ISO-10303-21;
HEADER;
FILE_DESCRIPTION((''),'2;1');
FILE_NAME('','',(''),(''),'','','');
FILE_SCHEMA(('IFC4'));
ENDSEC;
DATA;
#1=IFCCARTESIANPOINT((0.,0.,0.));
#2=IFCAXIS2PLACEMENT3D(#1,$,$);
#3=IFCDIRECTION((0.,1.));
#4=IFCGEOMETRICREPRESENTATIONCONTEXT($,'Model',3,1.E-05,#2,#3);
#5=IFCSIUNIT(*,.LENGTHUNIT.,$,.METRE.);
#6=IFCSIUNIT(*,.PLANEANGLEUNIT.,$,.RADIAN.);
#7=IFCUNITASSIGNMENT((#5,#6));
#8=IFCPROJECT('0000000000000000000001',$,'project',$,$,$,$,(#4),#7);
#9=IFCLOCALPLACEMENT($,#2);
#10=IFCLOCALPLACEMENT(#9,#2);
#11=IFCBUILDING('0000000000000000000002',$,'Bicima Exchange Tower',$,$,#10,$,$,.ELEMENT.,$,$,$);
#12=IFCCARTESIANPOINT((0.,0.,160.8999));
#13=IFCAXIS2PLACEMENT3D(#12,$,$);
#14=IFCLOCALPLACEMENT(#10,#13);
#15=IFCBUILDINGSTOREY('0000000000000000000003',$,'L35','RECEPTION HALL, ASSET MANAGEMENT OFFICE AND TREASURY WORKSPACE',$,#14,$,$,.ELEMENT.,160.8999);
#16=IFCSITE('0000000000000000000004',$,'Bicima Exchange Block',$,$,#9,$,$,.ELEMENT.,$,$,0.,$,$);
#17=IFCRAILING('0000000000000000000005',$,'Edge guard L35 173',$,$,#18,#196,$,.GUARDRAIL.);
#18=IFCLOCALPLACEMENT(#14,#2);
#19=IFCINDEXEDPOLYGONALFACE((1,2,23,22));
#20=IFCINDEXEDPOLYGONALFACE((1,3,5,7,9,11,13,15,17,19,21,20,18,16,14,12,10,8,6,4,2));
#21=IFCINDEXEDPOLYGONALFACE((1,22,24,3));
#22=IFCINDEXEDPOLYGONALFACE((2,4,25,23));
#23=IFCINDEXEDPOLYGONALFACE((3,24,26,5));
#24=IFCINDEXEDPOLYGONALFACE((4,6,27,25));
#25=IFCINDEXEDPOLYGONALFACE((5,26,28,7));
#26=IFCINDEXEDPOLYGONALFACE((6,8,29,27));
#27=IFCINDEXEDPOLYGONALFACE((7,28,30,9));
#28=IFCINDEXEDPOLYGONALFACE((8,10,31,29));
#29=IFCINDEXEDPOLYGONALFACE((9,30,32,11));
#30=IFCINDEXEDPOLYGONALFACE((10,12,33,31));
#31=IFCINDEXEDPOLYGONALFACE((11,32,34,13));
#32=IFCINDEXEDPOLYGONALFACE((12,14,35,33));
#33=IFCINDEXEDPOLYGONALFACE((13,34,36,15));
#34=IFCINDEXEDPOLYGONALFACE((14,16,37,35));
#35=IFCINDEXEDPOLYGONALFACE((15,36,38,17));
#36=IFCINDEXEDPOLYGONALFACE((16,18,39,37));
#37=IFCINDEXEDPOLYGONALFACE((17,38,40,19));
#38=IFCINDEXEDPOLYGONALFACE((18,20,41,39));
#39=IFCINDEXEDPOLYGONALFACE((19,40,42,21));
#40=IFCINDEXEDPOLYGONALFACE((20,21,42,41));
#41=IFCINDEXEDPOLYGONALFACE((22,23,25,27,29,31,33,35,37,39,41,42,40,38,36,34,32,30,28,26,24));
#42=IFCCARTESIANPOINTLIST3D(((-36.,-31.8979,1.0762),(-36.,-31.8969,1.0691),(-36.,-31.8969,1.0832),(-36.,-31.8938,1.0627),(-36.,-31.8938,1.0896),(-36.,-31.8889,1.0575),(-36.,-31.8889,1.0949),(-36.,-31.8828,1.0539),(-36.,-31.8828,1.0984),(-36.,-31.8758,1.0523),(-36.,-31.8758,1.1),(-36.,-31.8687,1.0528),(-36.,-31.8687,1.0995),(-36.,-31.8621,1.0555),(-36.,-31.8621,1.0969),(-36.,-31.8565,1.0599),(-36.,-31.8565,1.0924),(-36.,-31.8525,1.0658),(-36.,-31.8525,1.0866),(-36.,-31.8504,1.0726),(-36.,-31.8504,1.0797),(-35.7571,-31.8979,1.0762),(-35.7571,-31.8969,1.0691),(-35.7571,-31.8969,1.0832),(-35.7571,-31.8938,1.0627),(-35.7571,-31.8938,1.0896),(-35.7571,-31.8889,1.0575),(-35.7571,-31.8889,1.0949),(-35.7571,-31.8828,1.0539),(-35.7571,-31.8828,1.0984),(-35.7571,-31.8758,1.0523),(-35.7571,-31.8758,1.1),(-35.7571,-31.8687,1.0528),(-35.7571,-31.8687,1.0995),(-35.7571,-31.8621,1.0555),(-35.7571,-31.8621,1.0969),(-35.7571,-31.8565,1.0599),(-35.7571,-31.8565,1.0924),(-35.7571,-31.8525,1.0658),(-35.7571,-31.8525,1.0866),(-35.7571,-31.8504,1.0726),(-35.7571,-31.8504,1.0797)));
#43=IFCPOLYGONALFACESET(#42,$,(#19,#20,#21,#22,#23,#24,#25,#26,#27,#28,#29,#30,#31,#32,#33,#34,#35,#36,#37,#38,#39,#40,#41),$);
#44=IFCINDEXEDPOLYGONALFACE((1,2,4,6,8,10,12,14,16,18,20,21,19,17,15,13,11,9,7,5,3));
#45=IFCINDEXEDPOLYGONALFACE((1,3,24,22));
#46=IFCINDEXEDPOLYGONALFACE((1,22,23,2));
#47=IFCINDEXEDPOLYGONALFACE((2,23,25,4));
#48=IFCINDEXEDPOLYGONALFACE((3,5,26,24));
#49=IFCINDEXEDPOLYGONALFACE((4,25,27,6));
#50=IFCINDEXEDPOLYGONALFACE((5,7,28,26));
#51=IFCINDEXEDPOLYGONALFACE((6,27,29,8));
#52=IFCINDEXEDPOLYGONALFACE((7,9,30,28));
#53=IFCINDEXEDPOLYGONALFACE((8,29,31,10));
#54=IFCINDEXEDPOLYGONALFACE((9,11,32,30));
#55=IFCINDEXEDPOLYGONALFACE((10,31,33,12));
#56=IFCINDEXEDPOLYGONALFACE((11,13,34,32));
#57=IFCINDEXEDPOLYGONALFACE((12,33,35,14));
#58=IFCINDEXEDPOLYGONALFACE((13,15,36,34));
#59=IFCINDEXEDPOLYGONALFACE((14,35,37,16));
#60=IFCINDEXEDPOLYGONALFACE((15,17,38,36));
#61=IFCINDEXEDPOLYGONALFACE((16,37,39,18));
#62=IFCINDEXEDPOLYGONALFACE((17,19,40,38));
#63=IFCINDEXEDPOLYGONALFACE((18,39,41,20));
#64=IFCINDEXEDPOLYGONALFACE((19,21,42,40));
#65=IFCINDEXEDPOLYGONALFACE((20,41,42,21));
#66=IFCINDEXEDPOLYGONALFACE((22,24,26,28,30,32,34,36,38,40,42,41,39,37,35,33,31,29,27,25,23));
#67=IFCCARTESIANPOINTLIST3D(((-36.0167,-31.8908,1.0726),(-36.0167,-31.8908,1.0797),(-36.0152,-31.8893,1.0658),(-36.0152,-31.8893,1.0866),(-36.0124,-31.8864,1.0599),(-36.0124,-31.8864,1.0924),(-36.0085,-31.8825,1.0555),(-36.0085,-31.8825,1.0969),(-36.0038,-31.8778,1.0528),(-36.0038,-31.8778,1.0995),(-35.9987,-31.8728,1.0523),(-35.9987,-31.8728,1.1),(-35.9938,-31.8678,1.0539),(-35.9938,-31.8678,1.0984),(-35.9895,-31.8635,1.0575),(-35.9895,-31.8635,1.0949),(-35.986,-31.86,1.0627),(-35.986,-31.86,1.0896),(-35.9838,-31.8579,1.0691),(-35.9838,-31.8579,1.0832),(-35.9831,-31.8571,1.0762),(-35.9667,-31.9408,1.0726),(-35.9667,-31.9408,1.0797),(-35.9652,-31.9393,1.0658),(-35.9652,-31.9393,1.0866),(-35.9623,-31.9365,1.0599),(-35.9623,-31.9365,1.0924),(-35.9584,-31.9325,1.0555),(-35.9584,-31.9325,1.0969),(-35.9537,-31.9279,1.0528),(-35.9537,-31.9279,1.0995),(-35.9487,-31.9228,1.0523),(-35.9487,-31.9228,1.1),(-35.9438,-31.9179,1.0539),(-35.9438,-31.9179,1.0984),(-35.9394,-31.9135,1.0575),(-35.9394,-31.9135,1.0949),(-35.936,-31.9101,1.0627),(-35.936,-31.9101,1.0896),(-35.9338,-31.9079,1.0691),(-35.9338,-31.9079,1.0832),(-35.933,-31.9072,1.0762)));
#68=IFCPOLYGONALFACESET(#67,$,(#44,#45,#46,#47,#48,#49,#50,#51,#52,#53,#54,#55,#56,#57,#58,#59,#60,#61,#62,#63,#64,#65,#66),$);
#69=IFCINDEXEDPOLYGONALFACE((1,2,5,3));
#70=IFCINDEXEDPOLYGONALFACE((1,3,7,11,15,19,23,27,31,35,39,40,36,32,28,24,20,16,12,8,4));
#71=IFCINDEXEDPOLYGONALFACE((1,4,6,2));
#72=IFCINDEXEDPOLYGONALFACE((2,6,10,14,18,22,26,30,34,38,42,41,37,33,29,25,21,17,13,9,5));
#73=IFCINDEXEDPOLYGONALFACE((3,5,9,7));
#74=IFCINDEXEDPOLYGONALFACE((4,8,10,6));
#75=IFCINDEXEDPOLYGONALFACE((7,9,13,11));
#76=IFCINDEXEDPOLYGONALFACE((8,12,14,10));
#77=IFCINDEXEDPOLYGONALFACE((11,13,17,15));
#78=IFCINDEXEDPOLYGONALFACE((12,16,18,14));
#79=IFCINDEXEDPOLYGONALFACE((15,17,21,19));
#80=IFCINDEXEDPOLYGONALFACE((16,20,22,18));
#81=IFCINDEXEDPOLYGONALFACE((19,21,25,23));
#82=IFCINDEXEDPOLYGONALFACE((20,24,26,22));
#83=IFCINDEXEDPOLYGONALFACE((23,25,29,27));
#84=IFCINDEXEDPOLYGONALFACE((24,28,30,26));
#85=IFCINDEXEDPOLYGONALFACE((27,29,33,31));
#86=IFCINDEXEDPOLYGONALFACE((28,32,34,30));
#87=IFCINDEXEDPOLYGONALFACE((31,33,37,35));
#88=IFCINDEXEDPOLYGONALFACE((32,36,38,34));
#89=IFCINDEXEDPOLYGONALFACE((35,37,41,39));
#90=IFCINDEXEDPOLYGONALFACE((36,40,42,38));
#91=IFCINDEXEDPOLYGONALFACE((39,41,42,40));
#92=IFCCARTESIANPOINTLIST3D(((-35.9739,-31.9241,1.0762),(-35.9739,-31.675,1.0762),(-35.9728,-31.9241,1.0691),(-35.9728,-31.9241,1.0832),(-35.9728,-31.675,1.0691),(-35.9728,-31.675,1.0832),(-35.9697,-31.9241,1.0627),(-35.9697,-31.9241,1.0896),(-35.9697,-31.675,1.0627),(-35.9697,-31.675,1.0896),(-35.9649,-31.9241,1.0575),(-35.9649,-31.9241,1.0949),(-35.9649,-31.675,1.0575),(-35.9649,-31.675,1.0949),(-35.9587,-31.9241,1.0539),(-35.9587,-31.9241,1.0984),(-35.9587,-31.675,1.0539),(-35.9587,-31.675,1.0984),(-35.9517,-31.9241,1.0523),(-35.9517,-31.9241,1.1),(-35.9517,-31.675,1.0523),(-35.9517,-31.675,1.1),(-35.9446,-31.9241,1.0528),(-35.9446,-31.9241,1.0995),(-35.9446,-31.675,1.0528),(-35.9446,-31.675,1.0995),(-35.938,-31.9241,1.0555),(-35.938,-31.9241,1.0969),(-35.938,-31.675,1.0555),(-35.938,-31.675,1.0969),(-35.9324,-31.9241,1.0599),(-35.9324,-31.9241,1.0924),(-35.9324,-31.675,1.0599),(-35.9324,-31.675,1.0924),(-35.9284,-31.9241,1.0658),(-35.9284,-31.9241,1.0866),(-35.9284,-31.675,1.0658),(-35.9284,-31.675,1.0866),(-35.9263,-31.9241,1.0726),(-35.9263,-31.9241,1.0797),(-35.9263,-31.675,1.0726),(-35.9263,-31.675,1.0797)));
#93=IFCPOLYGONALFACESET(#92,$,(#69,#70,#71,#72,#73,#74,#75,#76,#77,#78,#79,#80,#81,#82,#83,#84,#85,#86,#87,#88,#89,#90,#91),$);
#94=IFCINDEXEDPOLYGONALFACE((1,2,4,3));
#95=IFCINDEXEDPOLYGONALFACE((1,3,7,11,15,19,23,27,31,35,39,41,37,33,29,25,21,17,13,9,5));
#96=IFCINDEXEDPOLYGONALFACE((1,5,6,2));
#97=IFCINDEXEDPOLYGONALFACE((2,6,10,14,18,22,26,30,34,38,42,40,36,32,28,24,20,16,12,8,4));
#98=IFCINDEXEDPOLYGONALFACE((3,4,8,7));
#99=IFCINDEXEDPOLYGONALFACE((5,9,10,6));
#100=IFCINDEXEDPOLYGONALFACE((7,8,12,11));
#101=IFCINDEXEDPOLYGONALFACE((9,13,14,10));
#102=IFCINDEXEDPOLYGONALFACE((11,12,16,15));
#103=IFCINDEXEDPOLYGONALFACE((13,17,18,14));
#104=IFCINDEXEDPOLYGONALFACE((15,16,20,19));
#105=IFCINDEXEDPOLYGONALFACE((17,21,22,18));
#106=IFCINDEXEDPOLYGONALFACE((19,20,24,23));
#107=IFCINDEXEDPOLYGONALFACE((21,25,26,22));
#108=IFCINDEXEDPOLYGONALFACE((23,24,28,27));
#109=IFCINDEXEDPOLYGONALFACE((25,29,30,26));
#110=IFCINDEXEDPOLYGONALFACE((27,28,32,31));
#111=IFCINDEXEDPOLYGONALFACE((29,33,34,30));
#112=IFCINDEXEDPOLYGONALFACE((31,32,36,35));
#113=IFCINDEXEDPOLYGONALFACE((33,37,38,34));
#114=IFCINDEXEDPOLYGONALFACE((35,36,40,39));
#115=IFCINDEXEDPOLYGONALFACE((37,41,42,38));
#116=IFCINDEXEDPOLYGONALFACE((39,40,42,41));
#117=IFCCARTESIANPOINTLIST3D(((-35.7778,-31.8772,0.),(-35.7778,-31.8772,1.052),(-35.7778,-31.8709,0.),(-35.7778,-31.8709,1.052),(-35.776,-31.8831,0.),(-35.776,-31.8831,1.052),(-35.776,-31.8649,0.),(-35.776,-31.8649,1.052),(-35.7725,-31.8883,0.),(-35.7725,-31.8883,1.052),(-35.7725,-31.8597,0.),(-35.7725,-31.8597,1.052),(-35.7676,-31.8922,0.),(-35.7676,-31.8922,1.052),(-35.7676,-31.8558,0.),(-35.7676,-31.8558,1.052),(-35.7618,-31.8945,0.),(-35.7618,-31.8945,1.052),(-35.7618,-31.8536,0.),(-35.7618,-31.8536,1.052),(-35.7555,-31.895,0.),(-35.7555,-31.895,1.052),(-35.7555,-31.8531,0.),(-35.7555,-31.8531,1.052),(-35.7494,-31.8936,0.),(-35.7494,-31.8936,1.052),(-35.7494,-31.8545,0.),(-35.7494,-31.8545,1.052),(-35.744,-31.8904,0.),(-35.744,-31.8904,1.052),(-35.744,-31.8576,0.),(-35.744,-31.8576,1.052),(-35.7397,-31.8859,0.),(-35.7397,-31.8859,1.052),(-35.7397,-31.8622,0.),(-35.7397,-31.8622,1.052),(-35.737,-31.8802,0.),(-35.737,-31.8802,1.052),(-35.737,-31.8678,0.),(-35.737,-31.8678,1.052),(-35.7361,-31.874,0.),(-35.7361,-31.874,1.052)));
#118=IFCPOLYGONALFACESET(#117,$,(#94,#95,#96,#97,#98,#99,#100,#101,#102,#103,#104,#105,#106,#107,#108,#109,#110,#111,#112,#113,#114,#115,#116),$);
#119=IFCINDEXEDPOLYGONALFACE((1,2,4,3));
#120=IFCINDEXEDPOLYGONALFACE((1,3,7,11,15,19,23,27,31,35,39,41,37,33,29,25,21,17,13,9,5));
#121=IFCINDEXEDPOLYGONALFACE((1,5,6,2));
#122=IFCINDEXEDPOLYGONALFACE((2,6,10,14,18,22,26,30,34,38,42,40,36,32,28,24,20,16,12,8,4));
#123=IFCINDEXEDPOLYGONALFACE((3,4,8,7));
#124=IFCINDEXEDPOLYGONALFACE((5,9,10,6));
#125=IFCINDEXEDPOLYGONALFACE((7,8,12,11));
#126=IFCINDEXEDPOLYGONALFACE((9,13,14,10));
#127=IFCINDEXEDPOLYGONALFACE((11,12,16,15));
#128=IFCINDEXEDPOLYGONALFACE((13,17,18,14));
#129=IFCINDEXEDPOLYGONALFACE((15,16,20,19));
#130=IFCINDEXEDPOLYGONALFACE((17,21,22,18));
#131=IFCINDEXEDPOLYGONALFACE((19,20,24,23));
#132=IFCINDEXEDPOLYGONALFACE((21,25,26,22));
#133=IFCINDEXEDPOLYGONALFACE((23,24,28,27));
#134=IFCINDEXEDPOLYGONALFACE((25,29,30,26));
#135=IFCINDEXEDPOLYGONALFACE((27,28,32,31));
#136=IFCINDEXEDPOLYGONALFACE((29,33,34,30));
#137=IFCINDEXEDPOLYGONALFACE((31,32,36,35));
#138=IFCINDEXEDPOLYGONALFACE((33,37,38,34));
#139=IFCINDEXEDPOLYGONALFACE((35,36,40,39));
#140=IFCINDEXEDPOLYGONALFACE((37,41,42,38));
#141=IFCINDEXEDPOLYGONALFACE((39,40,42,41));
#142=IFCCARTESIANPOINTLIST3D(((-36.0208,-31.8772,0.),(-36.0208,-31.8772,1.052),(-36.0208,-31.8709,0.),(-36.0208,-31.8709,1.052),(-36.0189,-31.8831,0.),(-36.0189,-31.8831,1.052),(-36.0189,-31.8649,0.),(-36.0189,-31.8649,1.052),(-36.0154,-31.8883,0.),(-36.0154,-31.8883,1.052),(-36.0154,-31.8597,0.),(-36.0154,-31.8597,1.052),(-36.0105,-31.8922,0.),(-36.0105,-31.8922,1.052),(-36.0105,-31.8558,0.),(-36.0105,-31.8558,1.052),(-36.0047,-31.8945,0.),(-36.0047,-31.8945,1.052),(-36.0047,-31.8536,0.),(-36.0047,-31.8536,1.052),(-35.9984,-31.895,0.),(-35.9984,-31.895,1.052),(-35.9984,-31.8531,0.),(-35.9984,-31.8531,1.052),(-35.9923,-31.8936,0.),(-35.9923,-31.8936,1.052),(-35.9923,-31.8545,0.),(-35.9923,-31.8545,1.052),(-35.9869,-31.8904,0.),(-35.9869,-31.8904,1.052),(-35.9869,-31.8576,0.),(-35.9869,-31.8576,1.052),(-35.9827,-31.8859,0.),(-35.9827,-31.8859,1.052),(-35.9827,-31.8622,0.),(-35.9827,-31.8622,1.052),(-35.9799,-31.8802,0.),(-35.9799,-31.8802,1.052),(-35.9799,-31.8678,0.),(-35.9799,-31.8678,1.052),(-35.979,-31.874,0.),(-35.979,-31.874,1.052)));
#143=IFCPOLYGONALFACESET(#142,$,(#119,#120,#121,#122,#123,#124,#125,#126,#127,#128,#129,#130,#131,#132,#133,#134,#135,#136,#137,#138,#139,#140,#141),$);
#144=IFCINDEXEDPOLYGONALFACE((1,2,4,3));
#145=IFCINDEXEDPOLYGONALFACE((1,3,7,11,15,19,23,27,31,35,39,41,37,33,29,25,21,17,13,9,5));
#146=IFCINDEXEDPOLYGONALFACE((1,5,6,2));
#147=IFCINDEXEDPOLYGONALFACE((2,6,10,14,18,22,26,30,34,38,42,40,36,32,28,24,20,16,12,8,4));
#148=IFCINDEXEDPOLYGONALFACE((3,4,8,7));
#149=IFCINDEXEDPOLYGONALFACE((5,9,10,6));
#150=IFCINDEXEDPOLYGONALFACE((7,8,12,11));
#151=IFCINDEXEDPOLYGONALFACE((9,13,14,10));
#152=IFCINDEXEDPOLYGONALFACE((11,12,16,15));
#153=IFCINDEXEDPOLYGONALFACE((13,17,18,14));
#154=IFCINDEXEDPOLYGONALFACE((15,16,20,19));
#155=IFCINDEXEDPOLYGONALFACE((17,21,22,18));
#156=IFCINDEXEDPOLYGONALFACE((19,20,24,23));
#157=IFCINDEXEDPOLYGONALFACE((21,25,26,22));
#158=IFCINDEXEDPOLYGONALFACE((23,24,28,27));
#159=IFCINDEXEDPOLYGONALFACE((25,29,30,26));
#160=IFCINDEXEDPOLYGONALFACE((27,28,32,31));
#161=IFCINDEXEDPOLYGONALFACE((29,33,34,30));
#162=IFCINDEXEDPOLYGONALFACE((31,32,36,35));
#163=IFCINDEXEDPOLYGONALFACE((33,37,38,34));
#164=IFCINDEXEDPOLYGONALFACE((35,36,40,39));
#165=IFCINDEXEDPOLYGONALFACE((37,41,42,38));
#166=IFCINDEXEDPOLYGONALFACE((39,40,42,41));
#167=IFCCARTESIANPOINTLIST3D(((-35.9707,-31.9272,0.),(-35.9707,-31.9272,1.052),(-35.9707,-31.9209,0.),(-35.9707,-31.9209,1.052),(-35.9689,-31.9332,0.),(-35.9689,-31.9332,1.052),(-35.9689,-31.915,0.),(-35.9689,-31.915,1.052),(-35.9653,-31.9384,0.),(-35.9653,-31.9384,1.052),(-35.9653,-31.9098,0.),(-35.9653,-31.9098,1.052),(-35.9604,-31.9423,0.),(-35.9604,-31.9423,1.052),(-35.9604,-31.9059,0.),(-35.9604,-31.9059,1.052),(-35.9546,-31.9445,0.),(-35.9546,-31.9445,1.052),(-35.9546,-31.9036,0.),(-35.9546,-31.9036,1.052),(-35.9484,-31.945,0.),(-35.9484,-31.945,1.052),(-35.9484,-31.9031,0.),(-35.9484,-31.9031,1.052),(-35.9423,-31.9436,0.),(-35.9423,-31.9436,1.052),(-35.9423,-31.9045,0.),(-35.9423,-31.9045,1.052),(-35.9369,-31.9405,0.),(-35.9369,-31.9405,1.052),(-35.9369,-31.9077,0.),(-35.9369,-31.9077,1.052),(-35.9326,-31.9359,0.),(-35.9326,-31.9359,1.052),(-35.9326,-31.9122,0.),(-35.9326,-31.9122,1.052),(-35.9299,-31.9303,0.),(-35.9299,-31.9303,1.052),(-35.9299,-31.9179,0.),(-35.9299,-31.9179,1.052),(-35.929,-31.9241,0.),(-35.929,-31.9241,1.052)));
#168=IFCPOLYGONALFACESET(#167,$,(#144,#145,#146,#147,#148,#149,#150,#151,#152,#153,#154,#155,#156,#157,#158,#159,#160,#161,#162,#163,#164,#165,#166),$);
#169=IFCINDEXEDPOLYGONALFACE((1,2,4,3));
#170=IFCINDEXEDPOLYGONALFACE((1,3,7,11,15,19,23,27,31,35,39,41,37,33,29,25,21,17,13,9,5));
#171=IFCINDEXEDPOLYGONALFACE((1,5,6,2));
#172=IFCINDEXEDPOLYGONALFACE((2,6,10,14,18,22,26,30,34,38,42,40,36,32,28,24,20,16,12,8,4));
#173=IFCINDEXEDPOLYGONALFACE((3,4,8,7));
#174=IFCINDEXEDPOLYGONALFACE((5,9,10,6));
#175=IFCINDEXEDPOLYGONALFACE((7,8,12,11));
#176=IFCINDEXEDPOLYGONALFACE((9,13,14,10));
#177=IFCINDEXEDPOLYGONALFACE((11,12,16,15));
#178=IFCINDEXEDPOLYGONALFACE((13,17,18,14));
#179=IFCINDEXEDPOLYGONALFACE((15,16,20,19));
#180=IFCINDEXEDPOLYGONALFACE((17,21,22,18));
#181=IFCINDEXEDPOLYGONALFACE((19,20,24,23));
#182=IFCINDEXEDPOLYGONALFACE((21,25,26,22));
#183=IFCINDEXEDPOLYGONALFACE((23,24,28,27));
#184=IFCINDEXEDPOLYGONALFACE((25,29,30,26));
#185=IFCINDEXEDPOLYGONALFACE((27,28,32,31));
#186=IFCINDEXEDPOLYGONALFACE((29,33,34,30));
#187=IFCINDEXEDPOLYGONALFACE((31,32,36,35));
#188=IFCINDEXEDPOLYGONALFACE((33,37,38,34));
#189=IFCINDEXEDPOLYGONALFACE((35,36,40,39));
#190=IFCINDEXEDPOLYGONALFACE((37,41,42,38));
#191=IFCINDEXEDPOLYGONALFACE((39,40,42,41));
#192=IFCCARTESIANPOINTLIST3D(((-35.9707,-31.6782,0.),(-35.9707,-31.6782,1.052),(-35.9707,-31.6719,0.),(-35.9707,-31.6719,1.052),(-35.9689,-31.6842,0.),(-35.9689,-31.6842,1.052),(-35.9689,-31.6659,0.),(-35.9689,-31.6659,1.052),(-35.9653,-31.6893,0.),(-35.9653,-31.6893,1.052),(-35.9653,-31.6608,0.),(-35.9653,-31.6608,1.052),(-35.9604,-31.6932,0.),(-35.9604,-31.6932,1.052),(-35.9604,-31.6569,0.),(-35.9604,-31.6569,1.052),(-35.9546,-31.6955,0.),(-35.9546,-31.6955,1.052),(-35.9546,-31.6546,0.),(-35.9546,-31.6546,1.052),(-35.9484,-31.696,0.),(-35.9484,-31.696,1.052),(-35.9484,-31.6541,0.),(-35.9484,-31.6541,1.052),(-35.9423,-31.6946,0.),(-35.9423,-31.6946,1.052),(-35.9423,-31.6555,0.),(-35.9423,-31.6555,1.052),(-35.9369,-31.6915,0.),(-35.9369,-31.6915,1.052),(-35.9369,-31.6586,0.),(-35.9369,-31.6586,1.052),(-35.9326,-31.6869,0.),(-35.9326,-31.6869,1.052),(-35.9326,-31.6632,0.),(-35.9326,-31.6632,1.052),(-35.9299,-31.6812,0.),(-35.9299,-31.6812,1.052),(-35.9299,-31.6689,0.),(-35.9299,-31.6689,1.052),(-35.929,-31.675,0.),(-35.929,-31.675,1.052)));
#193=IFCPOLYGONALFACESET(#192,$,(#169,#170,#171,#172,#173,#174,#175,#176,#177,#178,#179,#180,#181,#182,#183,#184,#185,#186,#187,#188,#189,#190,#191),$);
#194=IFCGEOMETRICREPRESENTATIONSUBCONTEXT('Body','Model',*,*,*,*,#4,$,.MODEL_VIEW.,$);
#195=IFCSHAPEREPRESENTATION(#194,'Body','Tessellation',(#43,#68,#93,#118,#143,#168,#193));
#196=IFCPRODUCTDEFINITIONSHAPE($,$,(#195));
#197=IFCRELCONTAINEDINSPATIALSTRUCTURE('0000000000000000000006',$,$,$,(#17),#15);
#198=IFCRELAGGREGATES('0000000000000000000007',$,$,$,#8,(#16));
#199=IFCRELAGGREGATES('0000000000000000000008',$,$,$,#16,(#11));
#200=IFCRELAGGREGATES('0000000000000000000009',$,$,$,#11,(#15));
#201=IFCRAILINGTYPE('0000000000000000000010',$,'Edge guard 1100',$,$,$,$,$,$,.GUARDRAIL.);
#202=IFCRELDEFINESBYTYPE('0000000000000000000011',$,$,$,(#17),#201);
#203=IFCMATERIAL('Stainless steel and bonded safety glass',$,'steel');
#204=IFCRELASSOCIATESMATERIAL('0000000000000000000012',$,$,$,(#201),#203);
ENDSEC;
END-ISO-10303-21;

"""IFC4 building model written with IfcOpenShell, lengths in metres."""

from ifc_helpers import new_model, si_unit, direction, frame, origin, origin_2d, place, context, subcontext, project, spatial, circle, extrude, material, type_object, element, save


model = new_model("IFC4")

# Units and contexts
model_context = context("Model", 3, precision=1e-05, world=origin(), true_north=direction((0.0, 1.0)))
body_context = subcontext(model_context, "Body", "Model", "MODEL_VIEW")
ifc_project = project(units=[si_unit("LENGTHUNIT", "METRE"), si_unit("PLANEANGLEUNIT", "RADIAN")], contexts=[model_context])

# Site, building, storey
site_placement = place(None, origin())
site = spatial("IfcSite", under=ifc_project, at=site_placement, Name="Bicima Exchange Block", CompositionType="ELEMENT", RefElevation=0.0)
building_placement = place(site_placement, origin())
building = spatial("IfcBuilding", under=site, at=building_placement, Name="Bicima Exchange Tower", CompositionType="ELEMENT")
storey_placement = place(building_placement, frame((0.0, 0.0, 160.8999)))
storey = spatial("IfcBuildingStorey", under=building, at=storey_placement, Name="L35", Description="RECEPTION HALL, ASSET MANAGEMENT OFFICE AND TREASURY WORKSPACE", CompositionType="ELEMENT", Elevation=160.8999)

# Railing
ifc_material_1 = material(Name="Stainless steel and bonded safety glass", Category="steel")
railing_type = type_object("IfcRailingType", Name="Edge guard 1100", PredefinedType="GUARDRAIL", material=ifc_material_1)
railing_1_placement = place(storey_placement, frame((-35.7571, -31.874, 0.0)))
element("IfcRailing", 1, at=railing_1_placement, inside=storey, type_object=railing_type, Name="Edge guard L35 173", PredefinedType="GUARDRAIL", context=body_context, shape_type="SweptSolid", body=[
    extrude(circle(Radius=0.0239, at=origin_2d()), frame((0.0, 0.0, 1.0762), z_axis=(-1.0, 0.0, 0.0), x_axis=(0.0, -1.0, 0.0)), (0.0, 0.0, 1.0), 0.2429),
    extrude(circle(Radius=0.0239, at=origin_2d()), frame((-0.2429, 0.0, 1.0762), z_axis=(0.707107, -0.707107, 0.0), x_axis=(0.707107, 0.707107, 0.0)), (0.0, 0.0, 1.0), 0.0708),
    extrude(circle(Radius=0.0239, at=origin_2d()), frame((-0.1929, -0.05, 1.0762), z_axis=(0.0, 1.0, 0.0), x_axis=(-1.0, 0.0, 0.0)), (0.0, 0.0, 1.0), 0.249),
    extrude(circle(Radius=0.021, at=origin_2d()), origin(), (0.0, 0.0, 1.0), 1.052),
    extrude(circle(Radius=0.021, at=origin_2d()), frame((-0.2429, 0.0, 0.0)), (0.0, 0.0, 1.0), 1.052),
    extrude(circle(Radius=0.021, at=origin_2d()), frame((-0.1929, -0.05, 0.0)), (0.0, 0.0, 1.0), 1.052),
    extrude(circle(Radius=0.021, at=origin_2d()), frame((-0.1929, 0.199, 0.0)), (0.0, 0.0, 1.0), 1.052),
])

save(model, "model.ifc")
